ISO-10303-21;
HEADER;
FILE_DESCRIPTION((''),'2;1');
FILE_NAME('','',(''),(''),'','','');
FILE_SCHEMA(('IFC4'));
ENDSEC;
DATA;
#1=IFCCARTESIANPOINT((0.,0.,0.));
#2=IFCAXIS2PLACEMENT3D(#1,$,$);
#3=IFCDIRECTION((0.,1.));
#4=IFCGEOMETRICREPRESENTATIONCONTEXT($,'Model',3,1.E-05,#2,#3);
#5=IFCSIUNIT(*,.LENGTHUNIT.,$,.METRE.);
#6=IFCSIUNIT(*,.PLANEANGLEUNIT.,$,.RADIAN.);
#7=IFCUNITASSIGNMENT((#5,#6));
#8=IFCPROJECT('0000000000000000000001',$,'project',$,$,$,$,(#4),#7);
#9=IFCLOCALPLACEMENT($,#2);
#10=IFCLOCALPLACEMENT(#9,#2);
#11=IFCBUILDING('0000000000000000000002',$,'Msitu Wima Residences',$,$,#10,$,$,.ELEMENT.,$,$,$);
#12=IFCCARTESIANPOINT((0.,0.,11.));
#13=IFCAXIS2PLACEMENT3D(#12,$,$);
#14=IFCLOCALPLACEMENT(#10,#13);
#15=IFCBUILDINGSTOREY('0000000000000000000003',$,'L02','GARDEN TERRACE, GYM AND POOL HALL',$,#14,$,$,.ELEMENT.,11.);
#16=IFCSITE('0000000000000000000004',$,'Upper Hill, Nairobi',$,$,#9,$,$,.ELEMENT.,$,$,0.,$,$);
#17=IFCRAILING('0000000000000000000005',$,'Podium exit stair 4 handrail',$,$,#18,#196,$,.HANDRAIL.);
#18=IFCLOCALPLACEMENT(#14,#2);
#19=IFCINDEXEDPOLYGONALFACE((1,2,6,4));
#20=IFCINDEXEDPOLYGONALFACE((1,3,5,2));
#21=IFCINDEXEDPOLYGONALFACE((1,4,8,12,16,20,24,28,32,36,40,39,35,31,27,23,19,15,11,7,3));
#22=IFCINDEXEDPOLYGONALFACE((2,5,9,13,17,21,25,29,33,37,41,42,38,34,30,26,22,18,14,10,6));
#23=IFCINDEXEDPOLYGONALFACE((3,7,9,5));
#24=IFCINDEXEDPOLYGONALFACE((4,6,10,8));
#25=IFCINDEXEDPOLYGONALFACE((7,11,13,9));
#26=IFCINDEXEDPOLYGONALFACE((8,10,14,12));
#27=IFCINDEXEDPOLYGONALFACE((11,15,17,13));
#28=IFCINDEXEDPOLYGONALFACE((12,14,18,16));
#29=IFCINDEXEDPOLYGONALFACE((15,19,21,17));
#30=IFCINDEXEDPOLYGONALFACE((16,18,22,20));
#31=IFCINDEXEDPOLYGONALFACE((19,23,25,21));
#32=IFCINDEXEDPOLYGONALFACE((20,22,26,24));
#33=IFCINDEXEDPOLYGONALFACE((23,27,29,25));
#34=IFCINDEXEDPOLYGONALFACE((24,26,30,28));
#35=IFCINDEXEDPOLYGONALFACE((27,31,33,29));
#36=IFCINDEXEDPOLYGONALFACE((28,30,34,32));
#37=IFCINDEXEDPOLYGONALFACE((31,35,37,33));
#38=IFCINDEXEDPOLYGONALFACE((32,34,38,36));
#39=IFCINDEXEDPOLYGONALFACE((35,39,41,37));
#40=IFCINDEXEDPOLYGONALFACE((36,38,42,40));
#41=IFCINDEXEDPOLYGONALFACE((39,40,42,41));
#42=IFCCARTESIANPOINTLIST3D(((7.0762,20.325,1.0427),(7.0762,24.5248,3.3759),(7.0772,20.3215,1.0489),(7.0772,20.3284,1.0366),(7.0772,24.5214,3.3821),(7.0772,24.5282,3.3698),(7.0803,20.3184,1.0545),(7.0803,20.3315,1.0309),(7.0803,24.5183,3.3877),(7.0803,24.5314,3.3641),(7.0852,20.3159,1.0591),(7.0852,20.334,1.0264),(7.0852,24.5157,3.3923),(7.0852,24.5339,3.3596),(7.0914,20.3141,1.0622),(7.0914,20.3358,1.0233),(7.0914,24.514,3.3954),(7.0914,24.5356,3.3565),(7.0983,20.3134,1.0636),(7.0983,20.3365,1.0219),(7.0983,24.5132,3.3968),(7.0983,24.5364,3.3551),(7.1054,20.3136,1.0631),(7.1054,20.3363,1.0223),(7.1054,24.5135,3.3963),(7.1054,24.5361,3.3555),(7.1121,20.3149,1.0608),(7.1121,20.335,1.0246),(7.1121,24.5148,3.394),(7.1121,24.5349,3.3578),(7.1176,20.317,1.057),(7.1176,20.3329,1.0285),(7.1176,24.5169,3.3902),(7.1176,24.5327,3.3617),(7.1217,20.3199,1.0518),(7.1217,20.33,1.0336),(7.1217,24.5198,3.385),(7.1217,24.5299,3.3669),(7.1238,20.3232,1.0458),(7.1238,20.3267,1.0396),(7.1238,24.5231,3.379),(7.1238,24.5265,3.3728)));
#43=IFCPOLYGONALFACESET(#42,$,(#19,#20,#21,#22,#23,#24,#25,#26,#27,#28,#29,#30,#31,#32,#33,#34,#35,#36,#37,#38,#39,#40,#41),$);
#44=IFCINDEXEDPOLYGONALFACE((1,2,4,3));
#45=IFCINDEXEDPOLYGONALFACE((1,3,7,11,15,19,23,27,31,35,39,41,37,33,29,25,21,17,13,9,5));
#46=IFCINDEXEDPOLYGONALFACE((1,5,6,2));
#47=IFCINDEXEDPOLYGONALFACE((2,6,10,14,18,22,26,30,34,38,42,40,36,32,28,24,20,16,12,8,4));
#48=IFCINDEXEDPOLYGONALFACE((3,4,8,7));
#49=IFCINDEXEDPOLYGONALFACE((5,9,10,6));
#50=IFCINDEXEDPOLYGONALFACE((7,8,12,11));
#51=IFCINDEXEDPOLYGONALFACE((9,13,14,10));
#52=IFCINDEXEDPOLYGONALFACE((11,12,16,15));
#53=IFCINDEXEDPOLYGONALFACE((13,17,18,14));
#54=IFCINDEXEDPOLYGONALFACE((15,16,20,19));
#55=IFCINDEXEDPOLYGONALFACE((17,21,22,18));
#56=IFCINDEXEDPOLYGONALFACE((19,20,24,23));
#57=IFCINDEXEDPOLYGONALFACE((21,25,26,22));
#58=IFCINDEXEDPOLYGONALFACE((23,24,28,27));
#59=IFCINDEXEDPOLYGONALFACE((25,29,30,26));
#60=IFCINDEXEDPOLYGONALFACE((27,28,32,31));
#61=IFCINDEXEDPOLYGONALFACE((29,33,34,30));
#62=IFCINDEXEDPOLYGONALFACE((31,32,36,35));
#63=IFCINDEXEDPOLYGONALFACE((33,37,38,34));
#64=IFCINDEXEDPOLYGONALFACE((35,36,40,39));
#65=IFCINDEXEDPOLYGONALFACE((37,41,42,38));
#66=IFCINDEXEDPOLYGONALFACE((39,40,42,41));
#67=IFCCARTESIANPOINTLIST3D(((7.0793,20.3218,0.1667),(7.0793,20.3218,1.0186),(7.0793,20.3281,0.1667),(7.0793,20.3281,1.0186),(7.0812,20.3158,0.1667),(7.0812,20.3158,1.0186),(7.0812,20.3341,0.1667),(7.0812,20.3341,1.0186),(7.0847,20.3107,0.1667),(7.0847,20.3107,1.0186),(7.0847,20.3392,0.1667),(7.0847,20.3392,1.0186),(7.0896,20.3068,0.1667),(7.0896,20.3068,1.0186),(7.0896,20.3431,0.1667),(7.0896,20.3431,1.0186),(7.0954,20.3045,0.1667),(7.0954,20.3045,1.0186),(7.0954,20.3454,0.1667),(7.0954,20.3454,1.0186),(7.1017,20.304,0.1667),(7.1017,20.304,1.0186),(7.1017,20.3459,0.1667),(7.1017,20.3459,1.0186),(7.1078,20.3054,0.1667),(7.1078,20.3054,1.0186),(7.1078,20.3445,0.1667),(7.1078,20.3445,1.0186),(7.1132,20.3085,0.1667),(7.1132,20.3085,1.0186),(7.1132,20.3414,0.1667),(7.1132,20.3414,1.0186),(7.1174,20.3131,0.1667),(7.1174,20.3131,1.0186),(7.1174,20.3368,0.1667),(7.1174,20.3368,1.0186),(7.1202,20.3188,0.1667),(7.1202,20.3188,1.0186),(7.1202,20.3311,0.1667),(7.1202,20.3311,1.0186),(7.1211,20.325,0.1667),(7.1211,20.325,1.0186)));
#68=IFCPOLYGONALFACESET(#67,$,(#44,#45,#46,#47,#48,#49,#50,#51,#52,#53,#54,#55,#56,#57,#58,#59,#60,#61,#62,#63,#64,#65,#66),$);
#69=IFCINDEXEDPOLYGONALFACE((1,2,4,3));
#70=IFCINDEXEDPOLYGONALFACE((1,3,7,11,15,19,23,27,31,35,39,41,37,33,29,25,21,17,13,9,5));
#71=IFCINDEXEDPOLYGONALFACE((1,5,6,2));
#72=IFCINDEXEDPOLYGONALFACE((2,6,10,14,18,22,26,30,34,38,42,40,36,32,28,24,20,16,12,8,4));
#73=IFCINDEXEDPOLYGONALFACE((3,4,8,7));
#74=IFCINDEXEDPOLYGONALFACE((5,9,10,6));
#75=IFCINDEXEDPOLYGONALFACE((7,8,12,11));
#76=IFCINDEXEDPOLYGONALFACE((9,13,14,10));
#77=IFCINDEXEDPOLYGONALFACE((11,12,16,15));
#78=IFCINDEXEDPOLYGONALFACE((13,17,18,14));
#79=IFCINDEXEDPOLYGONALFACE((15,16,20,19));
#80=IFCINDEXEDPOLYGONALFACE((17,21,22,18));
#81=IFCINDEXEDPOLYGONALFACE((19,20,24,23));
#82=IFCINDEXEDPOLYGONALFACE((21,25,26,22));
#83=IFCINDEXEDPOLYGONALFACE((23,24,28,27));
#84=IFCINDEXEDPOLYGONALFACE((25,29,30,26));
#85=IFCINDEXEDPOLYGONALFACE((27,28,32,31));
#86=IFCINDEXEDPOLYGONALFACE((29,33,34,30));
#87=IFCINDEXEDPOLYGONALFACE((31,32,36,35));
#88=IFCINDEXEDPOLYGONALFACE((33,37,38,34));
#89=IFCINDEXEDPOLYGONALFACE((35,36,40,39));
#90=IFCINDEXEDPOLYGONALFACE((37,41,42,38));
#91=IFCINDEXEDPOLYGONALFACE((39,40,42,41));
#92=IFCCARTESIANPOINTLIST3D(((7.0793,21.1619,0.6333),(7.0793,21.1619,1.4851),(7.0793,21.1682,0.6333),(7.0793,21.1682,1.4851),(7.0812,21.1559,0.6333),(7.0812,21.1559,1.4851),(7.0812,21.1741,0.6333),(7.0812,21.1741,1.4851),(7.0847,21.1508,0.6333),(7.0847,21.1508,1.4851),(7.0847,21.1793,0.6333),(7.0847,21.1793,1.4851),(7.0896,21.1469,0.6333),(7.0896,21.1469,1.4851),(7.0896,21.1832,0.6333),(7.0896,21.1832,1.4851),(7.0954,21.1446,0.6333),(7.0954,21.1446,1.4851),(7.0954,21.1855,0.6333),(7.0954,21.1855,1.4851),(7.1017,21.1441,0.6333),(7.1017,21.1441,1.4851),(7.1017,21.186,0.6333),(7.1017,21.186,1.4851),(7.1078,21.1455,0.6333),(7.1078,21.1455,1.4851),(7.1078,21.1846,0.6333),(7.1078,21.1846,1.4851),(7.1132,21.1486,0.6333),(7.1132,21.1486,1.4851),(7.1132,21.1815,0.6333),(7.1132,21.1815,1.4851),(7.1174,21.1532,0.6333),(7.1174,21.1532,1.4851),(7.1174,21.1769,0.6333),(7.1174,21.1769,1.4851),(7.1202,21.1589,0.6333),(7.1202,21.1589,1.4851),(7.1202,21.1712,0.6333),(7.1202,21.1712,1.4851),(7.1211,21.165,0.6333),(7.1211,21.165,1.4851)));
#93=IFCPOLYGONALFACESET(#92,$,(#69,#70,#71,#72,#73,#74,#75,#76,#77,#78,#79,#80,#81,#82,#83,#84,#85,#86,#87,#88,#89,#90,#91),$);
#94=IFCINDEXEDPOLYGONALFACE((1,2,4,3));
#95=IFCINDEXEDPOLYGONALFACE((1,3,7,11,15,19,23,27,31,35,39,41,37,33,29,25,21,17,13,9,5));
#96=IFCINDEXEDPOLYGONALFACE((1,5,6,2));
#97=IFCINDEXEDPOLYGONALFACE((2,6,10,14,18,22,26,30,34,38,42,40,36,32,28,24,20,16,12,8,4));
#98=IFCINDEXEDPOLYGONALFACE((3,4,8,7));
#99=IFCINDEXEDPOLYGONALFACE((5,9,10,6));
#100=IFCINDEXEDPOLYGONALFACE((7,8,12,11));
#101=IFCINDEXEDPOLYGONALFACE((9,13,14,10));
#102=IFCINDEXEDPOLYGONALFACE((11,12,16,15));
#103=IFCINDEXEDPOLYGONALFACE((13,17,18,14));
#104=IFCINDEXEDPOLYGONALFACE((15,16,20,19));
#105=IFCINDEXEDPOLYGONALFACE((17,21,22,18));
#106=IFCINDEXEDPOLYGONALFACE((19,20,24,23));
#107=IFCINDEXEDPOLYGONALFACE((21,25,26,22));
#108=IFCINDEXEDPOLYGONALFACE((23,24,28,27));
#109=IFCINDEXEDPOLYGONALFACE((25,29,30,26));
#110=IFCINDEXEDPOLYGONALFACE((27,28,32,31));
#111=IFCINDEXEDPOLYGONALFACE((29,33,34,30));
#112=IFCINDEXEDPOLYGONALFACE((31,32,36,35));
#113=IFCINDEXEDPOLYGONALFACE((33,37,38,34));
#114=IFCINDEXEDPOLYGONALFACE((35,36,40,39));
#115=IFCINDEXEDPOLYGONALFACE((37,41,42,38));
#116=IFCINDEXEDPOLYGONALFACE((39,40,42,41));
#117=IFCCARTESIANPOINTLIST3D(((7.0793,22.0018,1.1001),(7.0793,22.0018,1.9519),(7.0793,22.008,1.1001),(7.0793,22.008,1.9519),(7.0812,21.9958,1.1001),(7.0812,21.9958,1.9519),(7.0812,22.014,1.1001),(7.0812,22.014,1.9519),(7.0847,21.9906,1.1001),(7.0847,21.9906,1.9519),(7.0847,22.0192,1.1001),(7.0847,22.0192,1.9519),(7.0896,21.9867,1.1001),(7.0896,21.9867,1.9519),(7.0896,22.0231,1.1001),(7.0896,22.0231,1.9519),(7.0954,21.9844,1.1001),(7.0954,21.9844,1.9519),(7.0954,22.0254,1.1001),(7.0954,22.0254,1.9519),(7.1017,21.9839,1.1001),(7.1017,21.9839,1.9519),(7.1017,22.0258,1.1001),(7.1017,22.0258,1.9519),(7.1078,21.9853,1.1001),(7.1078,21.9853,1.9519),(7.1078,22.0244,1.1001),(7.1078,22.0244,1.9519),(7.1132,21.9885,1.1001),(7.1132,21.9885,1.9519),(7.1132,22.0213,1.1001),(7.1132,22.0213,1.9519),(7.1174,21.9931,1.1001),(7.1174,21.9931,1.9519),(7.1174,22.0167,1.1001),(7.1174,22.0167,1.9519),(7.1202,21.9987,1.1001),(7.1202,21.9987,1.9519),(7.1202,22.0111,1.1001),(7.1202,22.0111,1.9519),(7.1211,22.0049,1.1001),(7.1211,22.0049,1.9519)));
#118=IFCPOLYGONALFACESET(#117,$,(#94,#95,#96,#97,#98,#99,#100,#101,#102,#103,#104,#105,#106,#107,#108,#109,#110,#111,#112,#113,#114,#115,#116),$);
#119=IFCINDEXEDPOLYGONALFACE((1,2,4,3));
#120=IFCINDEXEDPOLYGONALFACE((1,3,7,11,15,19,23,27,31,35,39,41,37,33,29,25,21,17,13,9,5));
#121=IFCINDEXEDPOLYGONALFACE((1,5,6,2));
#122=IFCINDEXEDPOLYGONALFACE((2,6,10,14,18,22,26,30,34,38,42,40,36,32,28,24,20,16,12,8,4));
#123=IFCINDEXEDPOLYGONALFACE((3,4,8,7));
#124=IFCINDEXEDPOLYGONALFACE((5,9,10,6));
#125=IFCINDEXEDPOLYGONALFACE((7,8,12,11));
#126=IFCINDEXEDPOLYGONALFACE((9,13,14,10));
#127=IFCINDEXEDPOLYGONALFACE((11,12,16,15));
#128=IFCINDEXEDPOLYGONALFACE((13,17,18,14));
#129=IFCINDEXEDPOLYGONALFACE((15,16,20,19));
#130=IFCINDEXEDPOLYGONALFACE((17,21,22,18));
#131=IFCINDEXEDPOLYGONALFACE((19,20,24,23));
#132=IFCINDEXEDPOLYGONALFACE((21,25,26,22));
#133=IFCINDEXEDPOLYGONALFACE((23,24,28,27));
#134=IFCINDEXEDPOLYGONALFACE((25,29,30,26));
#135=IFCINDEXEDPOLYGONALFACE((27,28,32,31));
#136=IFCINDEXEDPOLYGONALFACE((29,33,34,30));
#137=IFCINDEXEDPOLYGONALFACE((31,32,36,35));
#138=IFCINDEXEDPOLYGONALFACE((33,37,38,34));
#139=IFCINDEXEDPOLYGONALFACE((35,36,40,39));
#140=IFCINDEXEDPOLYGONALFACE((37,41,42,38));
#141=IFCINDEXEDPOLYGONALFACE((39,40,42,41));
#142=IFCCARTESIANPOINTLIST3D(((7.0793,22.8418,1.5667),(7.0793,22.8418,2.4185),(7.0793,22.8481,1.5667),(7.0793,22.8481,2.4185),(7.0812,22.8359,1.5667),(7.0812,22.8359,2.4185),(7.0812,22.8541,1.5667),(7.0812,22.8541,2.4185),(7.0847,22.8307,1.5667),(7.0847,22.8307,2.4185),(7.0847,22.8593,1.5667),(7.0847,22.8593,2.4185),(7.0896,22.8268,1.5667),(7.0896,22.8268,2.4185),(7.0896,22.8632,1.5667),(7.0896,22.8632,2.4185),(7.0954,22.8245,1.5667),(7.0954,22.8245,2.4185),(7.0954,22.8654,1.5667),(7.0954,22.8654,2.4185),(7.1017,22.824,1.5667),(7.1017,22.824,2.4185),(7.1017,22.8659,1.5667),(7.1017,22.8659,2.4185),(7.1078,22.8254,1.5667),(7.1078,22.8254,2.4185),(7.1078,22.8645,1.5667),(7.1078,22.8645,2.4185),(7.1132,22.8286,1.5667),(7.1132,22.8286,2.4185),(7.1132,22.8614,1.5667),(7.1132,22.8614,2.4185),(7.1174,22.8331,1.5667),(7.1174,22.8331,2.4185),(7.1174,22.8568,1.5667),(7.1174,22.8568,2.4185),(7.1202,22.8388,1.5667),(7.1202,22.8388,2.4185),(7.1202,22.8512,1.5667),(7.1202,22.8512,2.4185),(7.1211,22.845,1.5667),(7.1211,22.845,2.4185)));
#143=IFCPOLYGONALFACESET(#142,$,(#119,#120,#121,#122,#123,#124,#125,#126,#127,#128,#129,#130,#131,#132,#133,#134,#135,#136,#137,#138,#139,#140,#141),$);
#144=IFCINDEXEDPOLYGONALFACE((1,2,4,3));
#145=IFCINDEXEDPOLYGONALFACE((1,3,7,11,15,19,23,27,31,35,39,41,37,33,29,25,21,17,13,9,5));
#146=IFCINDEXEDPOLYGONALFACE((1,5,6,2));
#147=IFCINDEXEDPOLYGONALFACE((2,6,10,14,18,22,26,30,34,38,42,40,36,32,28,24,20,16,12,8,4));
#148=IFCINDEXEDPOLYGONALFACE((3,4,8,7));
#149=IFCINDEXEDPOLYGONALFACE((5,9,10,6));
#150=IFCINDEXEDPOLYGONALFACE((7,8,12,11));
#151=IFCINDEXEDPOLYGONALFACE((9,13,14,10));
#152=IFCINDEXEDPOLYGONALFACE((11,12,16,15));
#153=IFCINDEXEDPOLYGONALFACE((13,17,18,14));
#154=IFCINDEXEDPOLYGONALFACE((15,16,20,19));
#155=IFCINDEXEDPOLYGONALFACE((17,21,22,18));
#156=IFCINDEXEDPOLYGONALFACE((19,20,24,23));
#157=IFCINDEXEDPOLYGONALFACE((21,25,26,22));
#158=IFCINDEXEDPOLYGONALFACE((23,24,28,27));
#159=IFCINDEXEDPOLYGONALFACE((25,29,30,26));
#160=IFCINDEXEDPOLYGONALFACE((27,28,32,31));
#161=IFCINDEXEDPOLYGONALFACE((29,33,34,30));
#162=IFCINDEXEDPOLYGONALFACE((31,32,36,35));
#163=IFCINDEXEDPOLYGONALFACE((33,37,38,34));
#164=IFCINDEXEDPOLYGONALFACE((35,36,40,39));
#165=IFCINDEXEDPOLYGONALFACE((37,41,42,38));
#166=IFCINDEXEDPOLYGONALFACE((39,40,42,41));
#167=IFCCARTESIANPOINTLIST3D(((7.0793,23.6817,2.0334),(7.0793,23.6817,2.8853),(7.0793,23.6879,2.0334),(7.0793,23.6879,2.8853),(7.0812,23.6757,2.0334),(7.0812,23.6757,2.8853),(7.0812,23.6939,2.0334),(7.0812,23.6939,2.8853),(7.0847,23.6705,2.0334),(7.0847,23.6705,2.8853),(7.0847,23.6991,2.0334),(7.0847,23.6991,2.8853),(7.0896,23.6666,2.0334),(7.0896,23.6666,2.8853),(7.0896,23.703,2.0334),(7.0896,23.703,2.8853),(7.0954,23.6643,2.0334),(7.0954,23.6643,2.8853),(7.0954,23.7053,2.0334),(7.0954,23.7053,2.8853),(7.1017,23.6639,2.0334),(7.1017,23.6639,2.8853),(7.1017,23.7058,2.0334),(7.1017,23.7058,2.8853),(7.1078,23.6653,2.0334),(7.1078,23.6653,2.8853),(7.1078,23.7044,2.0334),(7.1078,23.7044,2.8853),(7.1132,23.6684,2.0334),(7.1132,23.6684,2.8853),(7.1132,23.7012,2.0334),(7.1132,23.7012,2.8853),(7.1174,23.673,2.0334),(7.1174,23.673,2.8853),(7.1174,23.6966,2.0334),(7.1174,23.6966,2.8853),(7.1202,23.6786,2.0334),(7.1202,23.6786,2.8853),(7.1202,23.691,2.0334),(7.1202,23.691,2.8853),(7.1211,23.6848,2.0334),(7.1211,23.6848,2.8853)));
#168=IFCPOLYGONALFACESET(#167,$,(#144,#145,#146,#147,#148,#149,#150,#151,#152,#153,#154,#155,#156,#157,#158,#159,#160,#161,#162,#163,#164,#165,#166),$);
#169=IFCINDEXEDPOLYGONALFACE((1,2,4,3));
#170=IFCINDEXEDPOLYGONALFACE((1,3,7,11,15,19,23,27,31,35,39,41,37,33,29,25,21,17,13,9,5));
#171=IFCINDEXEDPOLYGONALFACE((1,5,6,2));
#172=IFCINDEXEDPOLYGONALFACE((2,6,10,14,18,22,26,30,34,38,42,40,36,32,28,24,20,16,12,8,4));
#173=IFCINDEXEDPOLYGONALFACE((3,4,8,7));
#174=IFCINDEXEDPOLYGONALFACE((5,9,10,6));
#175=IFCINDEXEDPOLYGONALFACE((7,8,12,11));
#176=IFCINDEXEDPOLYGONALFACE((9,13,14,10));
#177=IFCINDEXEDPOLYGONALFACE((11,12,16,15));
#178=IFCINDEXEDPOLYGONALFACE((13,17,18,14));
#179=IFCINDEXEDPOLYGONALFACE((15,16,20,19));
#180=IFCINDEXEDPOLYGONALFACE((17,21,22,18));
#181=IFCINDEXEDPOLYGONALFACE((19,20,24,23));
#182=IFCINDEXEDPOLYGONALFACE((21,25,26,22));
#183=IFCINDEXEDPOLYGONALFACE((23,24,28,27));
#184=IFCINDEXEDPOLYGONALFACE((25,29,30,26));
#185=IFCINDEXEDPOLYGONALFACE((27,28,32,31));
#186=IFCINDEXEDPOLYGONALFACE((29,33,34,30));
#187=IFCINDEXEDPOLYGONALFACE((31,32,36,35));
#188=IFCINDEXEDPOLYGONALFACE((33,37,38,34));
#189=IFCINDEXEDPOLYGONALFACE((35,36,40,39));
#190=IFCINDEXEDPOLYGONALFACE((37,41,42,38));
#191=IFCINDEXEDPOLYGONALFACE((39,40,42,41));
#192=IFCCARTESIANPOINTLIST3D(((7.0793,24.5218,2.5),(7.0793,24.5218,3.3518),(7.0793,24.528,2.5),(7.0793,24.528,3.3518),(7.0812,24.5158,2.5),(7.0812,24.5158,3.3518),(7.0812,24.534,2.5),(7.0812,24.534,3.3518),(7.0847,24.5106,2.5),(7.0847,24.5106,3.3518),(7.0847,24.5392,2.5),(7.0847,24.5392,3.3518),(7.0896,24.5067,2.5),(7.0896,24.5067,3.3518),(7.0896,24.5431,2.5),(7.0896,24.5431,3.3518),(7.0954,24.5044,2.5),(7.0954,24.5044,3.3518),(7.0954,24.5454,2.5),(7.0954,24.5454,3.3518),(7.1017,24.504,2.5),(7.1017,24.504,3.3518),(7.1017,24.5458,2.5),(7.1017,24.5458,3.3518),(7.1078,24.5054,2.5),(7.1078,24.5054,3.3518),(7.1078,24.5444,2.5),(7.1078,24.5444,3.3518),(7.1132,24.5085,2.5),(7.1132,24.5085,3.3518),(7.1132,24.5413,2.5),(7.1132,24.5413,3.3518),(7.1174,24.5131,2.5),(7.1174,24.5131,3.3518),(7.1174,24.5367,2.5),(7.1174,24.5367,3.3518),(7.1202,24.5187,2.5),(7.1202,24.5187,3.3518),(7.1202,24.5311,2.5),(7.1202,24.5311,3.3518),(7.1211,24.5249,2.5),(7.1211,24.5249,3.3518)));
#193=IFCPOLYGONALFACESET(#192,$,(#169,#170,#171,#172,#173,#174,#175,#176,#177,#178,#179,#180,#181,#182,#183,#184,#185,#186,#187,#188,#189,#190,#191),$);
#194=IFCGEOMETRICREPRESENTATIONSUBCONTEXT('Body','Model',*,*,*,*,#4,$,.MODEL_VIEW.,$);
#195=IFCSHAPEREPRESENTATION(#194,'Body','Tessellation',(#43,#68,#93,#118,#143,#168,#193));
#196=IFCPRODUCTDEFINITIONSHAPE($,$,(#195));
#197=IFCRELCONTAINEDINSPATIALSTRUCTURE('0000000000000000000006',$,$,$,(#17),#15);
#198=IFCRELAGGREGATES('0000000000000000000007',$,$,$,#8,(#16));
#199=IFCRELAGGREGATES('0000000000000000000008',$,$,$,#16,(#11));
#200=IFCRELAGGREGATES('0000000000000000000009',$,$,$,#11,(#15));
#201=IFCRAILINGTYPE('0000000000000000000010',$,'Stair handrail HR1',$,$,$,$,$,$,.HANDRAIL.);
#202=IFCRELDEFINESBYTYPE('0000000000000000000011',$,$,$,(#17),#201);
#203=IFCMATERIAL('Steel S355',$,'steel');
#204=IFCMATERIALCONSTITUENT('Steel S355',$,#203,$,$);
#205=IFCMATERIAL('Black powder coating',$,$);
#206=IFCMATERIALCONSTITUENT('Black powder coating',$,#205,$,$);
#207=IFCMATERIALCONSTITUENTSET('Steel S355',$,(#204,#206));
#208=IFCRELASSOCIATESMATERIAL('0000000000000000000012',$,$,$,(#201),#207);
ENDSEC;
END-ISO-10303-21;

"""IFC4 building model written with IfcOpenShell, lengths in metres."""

from ifc_helpers import new_model, si_unit, direction, frame, origin, origin_2d, place, context, subcontext, project, spatial, circle, extrude, material, constituent, constituent_set, type_object, element, save


model = new_model("IFC4")

# Units and contexts
model_context = context("Model", 3, precision=1e-05, world=origin(), true_north=direction((0.0, 1.0)))
body_context = subcontext(model_context, "Body", "Model", "MODEL_VIEW")
ifc_project = project(units=[si_unit("LENGTHUNIT", "METRE"), si_unit("PLANEANGLEUNIT", "RADIAN")], contexts=[model_context])

# Site, building, storey
site_placement = place(None, origin())
site = spatial("IfcSite", under=ifc_project, at=site_placement, Name="Upper Hill, Nairobi", CompositionType="ELEMENT", RefElevation=0.0)
building_placement = place(site_placement, origin())
building = spatial("IfcBuilding", under=site, at=building_placement, Name="Msitu Wima Residences", CompositionType="ELEMENT")
storey_placement = place(building_placement, frame((0.0, 0.0, 11.0)))
storey = spatial("IfcBuildingStorey", under=building, at=storey_placement, Name="L02", Description="GARDEN TERRACE, GYM AND POOL HALL", CompositionType="ELEMENT", Elevation=11.0)

# Railing
ifc_material_1 = material(Name="Steel S355", Category="steel")
ifc_constituent_1 = constituent(ifc_material_1, Name="Steel S355")
ifc_material_2 = material(Name="Black powder coating")
ifc_constituent_2 = constituent(ifc_material_2, Name="Black powder coating")
ifc_constituent_set = constituent_set(constituents=[ifc_constituent_1, ifc_constituent_2], Name="Steel S355")
railing_type = type_object("IfcRailingType", Name="Stair handrail HR1", PredefinedType="HANDRAIL", material=ifc_constituent_set)
for number, where, name in (
    (1, (7.1001, 20.325, 0.1667), "Podium exit stair 4 handrail"),
):
    element("IfcRailing", number, at=place(storey_placement, frame(where)), inside=storey, type_object=railing_type, Name=name, PredefinedType="HANDRAIL", context=body_context, shape_type="SweptSolid", body=[
        extrude(circle(Radius=0.0239, at=origin_2d()), frame((0.0, 0.0, 0.876), z_axis=(0.0, 0.874162, 0.485634), x_axis=(-1.0, 0.0, 0.0)), (0.0, 0.0, 1.0), 4.8044),
        extrude(circle(Radius=0.021, at=origin_2d()), origin(), (0.0, 0.0, 1.0), 0.8518),
        extrude(circle(Radius=0.021, at=origin_2d()), frame((0.0, 0.8401, 0.4666)), (0.0, 0.0, 1.0), 0.8518),
        extrude(circle(Radius=0.021, at=origin_2d()), frame((0.0, 1.6799, 0.9333)), (0.0, 0.0, 1.0), 0.8518),
        extrude(circle(Radius=0.021, at=origin_2d()), frame((0.0, 2.52, 1.3999)), (0.0, 0.0, 1.0), 0.8518),
        extrude(circle(Radius=0.021, at=origin_2d()), frame((0.0, 3.3599, 1.8667)), (0.0, 0.0, 1.0), 0.8518),
        extrude(circle(Radius=0.021, at=origin_2d()), frame((0.0, 4.2, 2.3333)), (0.0, 0.0, 1.0), 0.8518),
    ])

save(model, "model.ifc")
